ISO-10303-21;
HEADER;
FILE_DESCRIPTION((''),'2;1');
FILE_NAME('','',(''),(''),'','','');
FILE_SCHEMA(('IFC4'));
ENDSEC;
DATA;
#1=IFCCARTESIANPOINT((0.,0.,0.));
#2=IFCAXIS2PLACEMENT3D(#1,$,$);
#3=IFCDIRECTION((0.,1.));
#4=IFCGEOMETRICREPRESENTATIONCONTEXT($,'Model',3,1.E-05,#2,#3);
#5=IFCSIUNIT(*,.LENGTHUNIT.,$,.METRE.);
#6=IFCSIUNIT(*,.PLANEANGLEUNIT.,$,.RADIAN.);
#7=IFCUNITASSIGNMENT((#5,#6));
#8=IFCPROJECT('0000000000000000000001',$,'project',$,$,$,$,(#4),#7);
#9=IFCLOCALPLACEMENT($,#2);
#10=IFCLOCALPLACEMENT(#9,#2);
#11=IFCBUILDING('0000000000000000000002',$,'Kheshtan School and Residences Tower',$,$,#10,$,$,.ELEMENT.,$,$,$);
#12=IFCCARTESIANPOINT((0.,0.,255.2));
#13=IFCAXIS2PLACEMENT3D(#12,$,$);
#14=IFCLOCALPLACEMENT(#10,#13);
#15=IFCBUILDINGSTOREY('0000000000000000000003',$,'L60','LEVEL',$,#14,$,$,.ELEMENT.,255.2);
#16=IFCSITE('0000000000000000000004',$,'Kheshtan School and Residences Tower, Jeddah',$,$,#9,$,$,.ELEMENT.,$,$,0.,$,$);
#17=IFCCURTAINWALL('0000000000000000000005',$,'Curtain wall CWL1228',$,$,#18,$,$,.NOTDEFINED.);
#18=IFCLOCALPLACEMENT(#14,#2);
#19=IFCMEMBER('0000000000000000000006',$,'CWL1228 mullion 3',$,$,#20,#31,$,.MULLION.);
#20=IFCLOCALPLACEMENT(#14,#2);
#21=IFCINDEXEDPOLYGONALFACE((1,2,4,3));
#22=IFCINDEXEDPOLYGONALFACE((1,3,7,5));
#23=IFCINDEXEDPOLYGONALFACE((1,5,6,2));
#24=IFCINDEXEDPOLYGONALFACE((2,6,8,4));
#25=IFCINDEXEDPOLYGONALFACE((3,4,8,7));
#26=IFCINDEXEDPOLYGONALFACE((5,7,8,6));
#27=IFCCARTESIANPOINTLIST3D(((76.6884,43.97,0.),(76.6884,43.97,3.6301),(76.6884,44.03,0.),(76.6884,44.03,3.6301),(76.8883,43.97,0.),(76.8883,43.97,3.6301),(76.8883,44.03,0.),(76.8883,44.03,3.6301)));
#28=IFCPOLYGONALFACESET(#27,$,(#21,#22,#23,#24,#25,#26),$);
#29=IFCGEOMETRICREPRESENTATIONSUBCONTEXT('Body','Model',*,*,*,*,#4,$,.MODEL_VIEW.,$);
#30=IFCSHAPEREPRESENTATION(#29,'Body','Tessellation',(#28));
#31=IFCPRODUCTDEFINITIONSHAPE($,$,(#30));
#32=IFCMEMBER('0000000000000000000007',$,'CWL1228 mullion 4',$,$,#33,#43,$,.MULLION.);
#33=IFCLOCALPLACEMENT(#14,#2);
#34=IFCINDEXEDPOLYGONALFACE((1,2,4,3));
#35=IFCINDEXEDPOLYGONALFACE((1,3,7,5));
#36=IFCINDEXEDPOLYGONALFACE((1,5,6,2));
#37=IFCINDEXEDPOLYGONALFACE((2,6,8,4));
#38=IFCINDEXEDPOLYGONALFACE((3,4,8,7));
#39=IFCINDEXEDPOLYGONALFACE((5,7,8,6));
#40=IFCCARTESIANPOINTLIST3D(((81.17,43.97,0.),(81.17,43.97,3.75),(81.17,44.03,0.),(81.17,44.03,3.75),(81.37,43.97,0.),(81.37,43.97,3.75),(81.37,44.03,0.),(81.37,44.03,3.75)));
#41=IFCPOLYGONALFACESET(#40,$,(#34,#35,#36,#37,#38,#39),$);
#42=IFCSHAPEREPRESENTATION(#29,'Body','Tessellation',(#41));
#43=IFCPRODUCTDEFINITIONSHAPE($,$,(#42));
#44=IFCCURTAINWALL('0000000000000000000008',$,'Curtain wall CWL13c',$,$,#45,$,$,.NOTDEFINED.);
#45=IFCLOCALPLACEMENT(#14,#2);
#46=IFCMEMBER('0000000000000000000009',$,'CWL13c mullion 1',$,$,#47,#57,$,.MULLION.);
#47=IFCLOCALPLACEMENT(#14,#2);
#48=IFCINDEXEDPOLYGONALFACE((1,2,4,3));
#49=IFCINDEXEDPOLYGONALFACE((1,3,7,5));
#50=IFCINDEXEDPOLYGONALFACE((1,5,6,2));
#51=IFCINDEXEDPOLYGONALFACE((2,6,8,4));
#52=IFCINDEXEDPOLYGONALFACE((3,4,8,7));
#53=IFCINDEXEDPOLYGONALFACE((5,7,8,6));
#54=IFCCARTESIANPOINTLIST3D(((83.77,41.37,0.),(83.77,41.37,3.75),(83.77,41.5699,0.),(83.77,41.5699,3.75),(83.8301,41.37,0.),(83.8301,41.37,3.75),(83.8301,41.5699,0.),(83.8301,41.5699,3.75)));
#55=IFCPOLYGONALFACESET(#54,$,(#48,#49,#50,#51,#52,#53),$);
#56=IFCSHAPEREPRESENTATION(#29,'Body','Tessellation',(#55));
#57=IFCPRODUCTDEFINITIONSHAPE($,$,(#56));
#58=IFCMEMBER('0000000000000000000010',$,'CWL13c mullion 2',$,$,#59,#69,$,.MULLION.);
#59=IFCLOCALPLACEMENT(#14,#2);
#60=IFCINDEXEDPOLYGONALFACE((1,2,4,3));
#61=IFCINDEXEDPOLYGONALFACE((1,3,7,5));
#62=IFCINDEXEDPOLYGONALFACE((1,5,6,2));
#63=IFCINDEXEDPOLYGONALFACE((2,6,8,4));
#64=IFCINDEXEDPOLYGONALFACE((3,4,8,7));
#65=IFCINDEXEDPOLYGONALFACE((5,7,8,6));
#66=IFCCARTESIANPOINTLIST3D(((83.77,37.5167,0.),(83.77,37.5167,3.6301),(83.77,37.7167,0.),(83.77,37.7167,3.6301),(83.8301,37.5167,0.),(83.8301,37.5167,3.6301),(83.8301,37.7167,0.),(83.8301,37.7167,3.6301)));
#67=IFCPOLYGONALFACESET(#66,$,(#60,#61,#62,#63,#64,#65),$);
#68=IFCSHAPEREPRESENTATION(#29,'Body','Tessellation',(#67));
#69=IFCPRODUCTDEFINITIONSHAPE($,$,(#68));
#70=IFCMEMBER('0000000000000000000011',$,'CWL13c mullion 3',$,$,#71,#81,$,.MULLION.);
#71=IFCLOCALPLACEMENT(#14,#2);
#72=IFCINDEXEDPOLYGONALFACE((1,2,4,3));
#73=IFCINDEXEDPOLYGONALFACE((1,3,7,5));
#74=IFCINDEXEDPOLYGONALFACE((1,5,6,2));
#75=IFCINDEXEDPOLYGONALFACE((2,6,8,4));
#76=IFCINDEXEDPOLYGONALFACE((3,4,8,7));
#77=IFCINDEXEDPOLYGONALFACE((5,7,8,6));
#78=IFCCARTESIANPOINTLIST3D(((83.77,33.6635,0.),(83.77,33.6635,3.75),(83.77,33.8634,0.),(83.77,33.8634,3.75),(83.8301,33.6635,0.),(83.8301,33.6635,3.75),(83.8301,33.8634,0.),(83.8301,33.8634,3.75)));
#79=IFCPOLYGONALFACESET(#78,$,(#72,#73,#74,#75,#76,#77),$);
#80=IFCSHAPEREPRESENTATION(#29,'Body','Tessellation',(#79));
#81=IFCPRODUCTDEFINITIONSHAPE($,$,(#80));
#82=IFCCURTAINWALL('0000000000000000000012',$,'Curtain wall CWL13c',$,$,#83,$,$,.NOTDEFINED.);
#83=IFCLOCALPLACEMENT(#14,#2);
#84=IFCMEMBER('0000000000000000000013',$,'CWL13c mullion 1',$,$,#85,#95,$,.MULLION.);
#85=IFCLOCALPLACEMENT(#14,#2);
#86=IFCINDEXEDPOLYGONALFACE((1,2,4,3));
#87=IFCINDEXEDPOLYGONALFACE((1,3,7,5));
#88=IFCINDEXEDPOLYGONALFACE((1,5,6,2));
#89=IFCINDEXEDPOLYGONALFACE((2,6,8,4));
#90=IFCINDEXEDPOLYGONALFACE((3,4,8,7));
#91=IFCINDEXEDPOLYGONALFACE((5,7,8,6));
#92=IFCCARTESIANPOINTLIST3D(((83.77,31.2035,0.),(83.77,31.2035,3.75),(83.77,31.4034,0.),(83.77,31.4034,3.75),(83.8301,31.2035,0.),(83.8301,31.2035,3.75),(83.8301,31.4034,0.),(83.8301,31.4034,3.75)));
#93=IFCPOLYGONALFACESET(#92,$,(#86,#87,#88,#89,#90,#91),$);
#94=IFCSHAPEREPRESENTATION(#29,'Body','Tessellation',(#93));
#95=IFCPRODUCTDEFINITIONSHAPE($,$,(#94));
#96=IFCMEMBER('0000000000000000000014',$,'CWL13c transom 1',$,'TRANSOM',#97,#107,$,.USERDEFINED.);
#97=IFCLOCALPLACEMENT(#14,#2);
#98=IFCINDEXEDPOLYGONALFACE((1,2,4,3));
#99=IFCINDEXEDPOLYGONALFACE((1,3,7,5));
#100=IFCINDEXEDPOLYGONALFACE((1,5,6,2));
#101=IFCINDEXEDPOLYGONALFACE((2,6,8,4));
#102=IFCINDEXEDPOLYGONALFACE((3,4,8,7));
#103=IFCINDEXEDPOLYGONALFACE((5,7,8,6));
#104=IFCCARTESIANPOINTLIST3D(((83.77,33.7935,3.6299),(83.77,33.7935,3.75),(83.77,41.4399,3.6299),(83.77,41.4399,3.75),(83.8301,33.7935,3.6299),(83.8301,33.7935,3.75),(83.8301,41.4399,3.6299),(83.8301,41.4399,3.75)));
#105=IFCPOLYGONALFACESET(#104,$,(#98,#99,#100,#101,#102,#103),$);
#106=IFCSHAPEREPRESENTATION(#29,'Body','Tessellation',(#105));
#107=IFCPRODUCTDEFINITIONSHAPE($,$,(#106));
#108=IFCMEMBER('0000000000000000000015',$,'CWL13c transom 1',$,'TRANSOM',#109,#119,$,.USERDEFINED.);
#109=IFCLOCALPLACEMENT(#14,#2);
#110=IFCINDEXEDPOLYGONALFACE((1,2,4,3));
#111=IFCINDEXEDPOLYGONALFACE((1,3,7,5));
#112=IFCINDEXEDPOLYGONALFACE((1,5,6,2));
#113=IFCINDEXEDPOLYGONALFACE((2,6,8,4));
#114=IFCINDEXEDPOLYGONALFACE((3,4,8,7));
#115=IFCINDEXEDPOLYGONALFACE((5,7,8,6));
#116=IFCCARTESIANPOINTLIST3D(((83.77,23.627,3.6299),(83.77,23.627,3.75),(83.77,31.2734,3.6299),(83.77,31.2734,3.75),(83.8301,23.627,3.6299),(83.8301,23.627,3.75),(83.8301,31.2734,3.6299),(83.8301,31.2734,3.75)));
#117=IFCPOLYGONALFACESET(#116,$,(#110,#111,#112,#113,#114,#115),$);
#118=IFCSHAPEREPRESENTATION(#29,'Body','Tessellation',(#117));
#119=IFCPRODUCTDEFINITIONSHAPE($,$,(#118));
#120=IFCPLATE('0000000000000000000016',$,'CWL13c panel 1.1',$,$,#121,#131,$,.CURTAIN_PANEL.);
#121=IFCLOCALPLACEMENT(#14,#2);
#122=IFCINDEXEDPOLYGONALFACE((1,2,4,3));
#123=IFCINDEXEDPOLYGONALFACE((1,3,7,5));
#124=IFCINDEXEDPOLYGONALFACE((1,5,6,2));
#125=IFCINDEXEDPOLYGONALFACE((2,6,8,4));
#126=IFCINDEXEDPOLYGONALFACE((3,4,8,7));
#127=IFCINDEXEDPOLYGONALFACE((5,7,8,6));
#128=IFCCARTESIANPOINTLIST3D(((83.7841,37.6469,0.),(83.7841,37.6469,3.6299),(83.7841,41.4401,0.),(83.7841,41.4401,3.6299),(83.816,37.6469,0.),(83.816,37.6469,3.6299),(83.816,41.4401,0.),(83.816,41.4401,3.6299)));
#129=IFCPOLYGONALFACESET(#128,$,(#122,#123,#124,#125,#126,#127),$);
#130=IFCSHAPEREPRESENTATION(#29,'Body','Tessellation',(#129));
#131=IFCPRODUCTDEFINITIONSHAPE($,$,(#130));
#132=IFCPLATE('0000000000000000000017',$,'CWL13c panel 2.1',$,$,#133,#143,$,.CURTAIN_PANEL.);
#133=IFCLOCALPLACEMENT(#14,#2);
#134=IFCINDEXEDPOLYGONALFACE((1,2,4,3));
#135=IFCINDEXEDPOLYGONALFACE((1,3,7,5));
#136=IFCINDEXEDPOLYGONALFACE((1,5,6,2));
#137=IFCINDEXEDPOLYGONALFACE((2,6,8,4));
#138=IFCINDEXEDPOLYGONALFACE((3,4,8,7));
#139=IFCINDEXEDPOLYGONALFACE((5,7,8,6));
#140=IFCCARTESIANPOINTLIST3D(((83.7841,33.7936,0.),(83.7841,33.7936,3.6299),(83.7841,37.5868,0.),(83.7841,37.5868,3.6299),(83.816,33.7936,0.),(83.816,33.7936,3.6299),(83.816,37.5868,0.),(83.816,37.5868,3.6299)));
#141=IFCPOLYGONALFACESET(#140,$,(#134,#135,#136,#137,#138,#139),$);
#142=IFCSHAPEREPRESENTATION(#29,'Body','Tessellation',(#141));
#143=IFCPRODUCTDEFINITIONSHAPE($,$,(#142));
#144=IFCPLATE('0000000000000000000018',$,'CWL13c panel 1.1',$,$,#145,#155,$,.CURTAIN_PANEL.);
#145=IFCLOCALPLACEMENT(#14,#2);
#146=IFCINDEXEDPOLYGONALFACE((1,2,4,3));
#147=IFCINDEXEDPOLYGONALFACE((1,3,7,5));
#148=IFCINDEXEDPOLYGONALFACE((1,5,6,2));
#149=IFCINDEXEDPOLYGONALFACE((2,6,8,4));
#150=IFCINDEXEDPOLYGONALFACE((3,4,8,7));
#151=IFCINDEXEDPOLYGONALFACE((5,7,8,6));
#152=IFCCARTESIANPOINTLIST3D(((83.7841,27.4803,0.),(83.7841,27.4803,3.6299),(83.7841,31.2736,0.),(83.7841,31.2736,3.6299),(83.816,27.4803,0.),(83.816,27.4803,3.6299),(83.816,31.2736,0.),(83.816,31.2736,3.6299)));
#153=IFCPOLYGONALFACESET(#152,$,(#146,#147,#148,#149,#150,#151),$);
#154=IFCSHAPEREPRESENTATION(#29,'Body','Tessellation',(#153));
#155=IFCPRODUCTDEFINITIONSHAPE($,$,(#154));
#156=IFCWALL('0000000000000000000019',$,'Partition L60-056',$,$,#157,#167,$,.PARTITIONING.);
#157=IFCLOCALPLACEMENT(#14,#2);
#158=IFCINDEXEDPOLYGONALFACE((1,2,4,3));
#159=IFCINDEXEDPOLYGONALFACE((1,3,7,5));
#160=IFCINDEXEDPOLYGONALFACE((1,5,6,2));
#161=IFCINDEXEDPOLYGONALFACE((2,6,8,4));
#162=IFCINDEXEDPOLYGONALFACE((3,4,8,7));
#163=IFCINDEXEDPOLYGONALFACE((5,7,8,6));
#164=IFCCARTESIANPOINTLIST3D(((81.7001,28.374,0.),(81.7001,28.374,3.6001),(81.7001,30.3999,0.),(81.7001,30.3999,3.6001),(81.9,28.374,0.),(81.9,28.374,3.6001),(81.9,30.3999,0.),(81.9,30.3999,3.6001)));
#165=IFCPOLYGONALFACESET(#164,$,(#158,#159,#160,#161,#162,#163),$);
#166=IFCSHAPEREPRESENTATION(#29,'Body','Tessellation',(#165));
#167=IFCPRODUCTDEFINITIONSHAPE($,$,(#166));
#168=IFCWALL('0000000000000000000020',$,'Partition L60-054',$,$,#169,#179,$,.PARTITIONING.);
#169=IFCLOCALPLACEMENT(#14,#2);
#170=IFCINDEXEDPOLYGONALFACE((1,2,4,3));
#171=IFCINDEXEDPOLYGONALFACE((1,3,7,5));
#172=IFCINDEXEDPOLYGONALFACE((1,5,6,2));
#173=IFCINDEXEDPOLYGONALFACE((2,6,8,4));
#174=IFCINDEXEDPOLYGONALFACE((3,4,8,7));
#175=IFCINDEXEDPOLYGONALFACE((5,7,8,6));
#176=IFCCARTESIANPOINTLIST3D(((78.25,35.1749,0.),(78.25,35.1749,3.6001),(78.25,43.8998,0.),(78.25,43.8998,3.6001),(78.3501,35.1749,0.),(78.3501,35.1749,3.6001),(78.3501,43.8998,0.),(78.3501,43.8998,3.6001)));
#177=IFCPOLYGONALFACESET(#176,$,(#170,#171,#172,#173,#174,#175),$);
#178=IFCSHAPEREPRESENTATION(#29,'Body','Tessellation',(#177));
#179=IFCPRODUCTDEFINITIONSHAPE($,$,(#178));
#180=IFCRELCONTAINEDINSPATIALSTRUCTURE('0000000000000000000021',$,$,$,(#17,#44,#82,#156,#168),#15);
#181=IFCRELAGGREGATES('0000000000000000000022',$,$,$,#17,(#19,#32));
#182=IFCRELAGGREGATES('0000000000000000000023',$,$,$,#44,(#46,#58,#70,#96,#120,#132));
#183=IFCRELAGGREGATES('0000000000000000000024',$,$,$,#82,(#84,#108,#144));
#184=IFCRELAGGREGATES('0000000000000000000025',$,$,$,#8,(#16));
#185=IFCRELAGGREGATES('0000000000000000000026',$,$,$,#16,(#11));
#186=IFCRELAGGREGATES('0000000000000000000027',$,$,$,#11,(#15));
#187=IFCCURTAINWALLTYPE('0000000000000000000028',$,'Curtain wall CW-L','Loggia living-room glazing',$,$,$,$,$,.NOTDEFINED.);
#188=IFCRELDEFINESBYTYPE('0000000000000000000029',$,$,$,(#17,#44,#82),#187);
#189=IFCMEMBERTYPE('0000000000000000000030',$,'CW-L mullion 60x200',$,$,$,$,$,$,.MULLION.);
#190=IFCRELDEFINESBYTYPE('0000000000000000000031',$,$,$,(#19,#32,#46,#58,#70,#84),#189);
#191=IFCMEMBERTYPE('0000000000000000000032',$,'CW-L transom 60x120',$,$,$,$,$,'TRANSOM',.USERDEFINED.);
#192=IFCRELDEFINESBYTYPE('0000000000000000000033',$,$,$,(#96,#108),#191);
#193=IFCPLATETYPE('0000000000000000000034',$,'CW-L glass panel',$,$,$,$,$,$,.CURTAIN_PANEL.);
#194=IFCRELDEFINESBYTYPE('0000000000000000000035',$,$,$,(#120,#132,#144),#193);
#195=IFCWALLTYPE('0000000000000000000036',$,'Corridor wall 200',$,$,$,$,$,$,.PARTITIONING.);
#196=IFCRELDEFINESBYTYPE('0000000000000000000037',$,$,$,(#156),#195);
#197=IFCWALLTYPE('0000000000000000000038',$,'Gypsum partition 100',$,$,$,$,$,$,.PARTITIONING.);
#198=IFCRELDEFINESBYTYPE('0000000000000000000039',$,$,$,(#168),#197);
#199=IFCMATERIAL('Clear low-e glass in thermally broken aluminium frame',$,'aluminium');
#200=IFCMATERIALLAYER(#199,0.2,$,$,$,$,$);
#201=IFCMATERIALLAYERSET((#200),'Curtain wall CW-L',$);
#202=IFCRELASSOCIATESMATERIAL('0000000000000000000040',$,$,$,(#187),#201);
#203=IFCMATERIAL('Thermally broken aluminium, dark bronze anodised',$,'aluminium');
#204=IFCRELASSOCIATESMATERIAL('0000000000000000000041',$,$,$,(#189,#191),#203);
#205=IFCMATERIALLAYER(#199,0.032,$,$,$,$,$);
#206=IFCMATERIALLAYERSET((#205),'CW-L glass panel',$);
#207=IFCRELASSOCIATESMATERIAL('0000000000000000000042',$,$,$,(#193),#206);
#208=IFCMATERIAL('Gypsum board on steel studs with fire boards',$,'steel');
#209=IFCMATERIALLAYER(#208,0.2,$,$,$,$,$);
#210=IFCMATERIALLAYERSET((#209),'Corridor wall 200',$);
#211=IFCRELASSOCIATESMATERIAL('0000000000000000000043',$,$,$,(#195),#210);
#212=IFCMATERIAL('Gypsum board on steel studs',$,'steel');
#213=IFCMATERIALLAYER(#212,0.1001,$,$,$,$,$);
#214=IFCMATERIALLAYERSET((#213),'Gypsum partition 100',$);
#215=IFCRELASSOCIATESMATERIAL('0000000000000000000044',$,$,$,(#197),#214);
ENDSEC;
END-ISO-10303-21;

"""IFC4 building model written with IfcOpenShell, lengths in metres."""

from ifc_helpers import new_model, si_unit, direction, frame, frame_2d, origin, origin_2d, place, context, subcontext, project, spatial, rectangle, extrude, material, layer, layer_set, material_profile, profile_set, type_object, element, aggregate, save


model = new_model("IFC4")

# Units and contexts
model_context = context("Model", 3, precision=1e-05, world=origin(), true_north=direction((0.0, 1.0)))
body_context = subcontext(model_context, "Body", "Model", "MODEL_VIEW")
ifc_project = project(units=[si_unit("LENGTHUNIT", "METRE"), si_unit("PLANEANGLEUNIT", "RADIAN")], contexts=[model_context])

# Site, building, storey
site_placement = place(None, origin())
site = spatial("IfcSite", under=ifc_project, at=site_placement, Name="Kheshtan School and Residences Tower, Jeddah", CompositionType="ELEMENT", RefElevation=0.0)
building_placement = place(site_placement, origin())
building = spatial("IfcBuilding", under=site, at=building_placement, Name="Kheshtan School and Residences Tower", CompositionType="ELEMENT")
storey_placement = place(building_placement, frame((0.0, 0.0, 255.2)))
storey = spatial("IfcBuildingStorey", under=building, at=storey_placement, Name="L60", Description="LEVEL", CompositionType="ELEMENT", Elevation=255.2)

# Curtain walls, members
ifc_material_1 = material(Name="Clear low-e glass in thermally broken aluminium frame", Category="aluminium")
ifc_layer_1 = layer(ifc_material_1, 0.2)
ifc_layer_set_1 = layer_set([ifc_layer_1], Name="Curtain wall CW-L")
curtain_wall_type = type_object("IfcCurtainWallType", Name="Curtain wall CW-L", Description="Loggia living-room glazing", PredefinedType="NOTDEFINED", material=ifc_layer_set_1)
curtain_wall_1_placement = place(storey_placement, origin())
curtain_wall_1 = element("IfcCurtainWall", 1, at=curtain_wall_1_placement, inside=storey, type_object=curtain_wall_type, Name="Curtain wall CWL1228", PredefinedType="NOTDEFINED")
ifc_material_2 = material(Name="Thermally broken aluminium, dark bronze anodised", Category="aluminium")
ifc_material_profile_1 = material_profile(ifc_material_2, rectangle(XDim=0.0601, YDim=0.2, at=origin_2d()), Name="CW-L mullion 60x200")
ifc_profile_set_1 = profile_set([ifc_material_profile_1], Name="Thermally broken aluminium, dark bronze anodised")
member_type_1 = type_object("IfcMemberType", Name="CW-L mullion 60x200", PredefinedType="MULLION", material=ifc_profile_set_1)
member_1_placement = place(storey_placement, frame((76.7883, 44.0, 0.0), z_axis=(0.0, 0.0, 1.0), x_axis=(0.0, 1.0, 0.0)))
member_1 = element("IfcMember", 2, at=member_1_placement, type_object=member_type_1, Name="CWL1228 mullion 3", PredefinedType="MULLION", context=body_context, shape_type="SweptSolid", body=[
    extrude(rectangle(XDim=0.0601, YDim=0.2, at=origin_2d()), origin(), (0.0, 0.0, 1.0), 3.6301),
])
member_2_placement = place(storey_placement, frame((81.27, 44.0, 0.0), z_axis=(0.0, 0.0, 1.0), x_axis=(0.0, 1.0, 0.0)))
member_2 = element("IfcMember", 3, at=member_2_placement, type_object=member_type_1, Name="CWL1228 mullion 4", PredefinedType="MULLION", context=body_context, shape_type="SweptSolid", body=[
    extrude(rectangle(XDim=0.0601, YDim=0.2, at=origin_2d()), origin(), (0.0, 0.0, 1.0), 3.75),
])
aggregate(curtain_wall_1, [member_1, member_2])
curtain_wall_2_placement = place(storey_placement, origin())
curtain_wall_2 = element("IfcCurtainWall", 4, at=curtain_wall_2_placement, inside=storey, type_object=curtain_wall_type, Name="Curtain wall CWL13c", PredefinedType="NOTDEFINED")
member_3_placement = place(storey_placement, frame((83.8, 41.47, 0.0), z_axis=(0.0, 0.0, 1.0), x_axis=(1.0, 0.0, 0.0)))
member_3 = element("IfcMember", 5, at=member_3_placement, type_object=member_type_1, Name="CWL13c mullion 1", PredefinedType="MULLION", context=body_context, shape_type="SweptSolid", body=[
    extrude(rectangle(XDim=0.0601, YDim=0.2, at=origin_2d()), origin(), (0.0, 0.0, 1.0), 3.75),
])
member_4_placement = place(storey_placement, frame((83.8, 37.6167, 0.0), z_axis=(0.0, 0.0, 1.0), x_axis=(1.0, 0.0, 0.0)))
member_4 = element("IfcMember", 6, at=member_4_placement, type_object=member_type_1, Name="CWL13c mullion 2", PredefinedType="MULLION", context=body_context, shape_type="SweptSolid", body=[
    extrude(rectangle(XDim=0.0601, YDim=0.2, at=origin_2d()), origin(), (0.0, 0.0, 1.0), 3.6301),
])
member_5_placement = place(storey_placement, frame((83.8, 33.7634, 0.0), z_axis=(0.0, 0.0, 1.0), x_axis=(1.0, 0.0, 0.0)))
member_5 = element("IfcMember", 7, at=member_5_placement, type_object=member_type_1, Name="CWL13c mullion 3", PredefinedType="MULLION", context=body_context, shape_type="SweptSolid", body=[
    extrude(rectangle(XDim=0.0601, YDim=0.2, at=origin_2d()), origin(), (0.0, 0.0, 1.0), 3.75),
])

# Curtain wall, member
curtain_wall_3_placement = place(storey_placement, origin())
curtain_wall_3 = element("IfcCurtainWall", 8, at=curtain_wall_3_placement, inside=storey, type_object=curtain_wall_type, Name="Curtain wall CWL13c", PredefinedType="NOTDEFINED")
member_6_placement = place(storey_placement, frame((83.8, 31.3035, 0.0), z_axis=(0.0, 0.0, 1.0), x_axis=(1.0, 0.0, 0.0)))
member_6 = element("IfcMember", 9, at=member_6_placement, type_object=member_type_1, Name="CWL13c mullion 1", PredefinedType="MULLION", context=body_context, shape_type="SweptSolid", body=[
    extrude(rectangle(XDim=0.0601, YDim=0.2, at=origin_2d()), origin(), (0.0, 0.0, 1.0), 3.75),
])

# Members
ifc_material_profile_2 = material_profile(ifc_material_2, rectangle(XDim=0.0601, YDim=0.1201, at=origin_2d()), Name="CW-L transom 60x120")
ifc_profile_set_2 = profile_set([ifc_material_profile_2], Name="Thermally broken aluminium, dark bronze anodised")
member_type_2 = type_object("IfcMemberType", Name="CW-L transom 60x120", ElementType="TRANSOM", PredefinedType="USERDEFINED", material=ifc_profile_set_2)
member_7_placement = place(storey_placement, frame((83.8, 41.4399, 3.6899), z_axis=(0.0, -1.0, 0.0), x_axis=(1.0, 0.0, 0.0)))
member_7 = element("IfcMember", 10, at=member_7_placement, type_object=member_type_2, Name="CWL13c transom 1", ObjectType="TRANSOM", PredefinedType="USERDEFINED", context=body_context, shape_type="SweptSolid", body=[
    extrude(rectangle(XDim=0.0601, YDim=0.1201, at=origin_2d()), origin(), (0.0, 0.0, 1.0), 7.6465),
])
member_8_placement = place(storey_placement, frame((83.8, 31.2734, 3.6899), z_axis=(0.0, -1.0, 0.0), x_axis=(1.0, 0.0, 0.0)))
member_8 = element("IfcMember", 11, at=member_8_placement, type_object=member_type_2, Name="CWL13c transom 1", ObjectType="TRANSOM", PredefinedType="USERDEFINED", context=body_context, shape_type="SweptSolid", body=[
    extrude(rectangle(XDim=0.0601, YDim=0.1201, at=origin_2d()), origin(), (0.0, 0.0, 1.0), 7.6465),
])

# Plates
ifc_layer_2 = layer(ifc_material_1, 0.032)
ifc_layer_set_2 = layer_set([ifc_layer_2], Name="CW-L glass panel")
plate_type = type_object("IfcPlateType", Name="CW-L glass panel", PredefinedType="CURTAIN_PANEL", material=ifc_layer_set_2)
plate_1_placement = place(storey_placement, frame((83.8, 39.5435, 0.0), z_axis=(0.0, 0.0, 1.0), x_axis=(0.0, -1.0, 0.0)))
plate_1 = element("IfcPlate", 12, at=plate_1_placement, type_object=plate_type, Name="CWL13c panel 1.1", PredefinedType="CURTAIN_PANEL", context=body_context, shape_type="SweptSolid", body=[
    extrude(rectangle(XDim=3.7932, YDim=0.032, at=origin_2d()), origin(), (0.0, 0.0, 1.0), 3.6299),
])
plate_2_placement = place(storey_placement, frame((83.8, 35.6902, 0.0), z_axis=(0.0, 0.0, 1.0), x_axis=(0.0, -1.0, 0.0)))
plate_2 = element("IfcPlate", 13, at=plate_2_placement, type_object=plate_type, Name="CWL13c panel 2.1", PredefinedType="CURTAIN_PANEL", context=body_context, shape_type="SweptSolid", body=[
    extrude(rectangle(XDim=3.7932, YDim=0.032, at=origin_2d()), origin(), (0.0, 0.0, 1.0), 3.6299),
])
aggregate(curtain_wall_2, [member_3, member_4, member_5, member_7, plate_1, plate_2])
plate_3_placement = place(storey_placement, frame((83.8, 29.377, 0.0), z_axis=(0.0, 0.0, 1.0), x_axis=(0.0, -1.0, 0.0)))
plate_3 = element("IfcPlate", 14, at=plate_3_placement, type_object=plate_type, Name="CWL13c panel 1.1", PredefinedType="CURTAIN_PANEL", context=body_context, shape_type="SweptSolid", body=[
    extrude(rectangle(XDim=3.7932, YDim=0.032, at=origin_2d()), origin(), (0.0, 0.0, 1.0), 3.6299),
])
aggregate(curtain_wall_3, [member_6, member_8, plate_3])

# Wall
ifc_material_3 = material(Name="Gypsum board on steel studs with fire boards", Category="steel")
ifc_layer_3 = layer(ifc_material_3, 0.2)
ifc_layer_set_3 = layer_set([ifc_layer_3], Name="Corridor wall 200")
wall_type_1 = type_object("IfcWallType", Name="Corridor wall 200", PredefinedType="PARTITIONING", material=ifc_layer_set_3)
wall_1_placement = place(storey_placement, frame((81.8, 28.374, 0.0), z_axis=(0.0, 0.0, 1.0), x_axis=(0.0, 1.0, 0.0)))
element("IfcWall", 15, at=wall_1_placement, inside=storey, type_object=wall_type_1, Name="Partition L60-056", PredefinedType="PARTITIONING", context=body_context, shape_type="SweptSolid", body=[
    extrude(rectangle(XDim=2.0259, YDim=0.2, at=frame_2d((1.0129, 0.0))), origin(), (0.0, 0.0, 1.0), 3.6001),
])

# Wall
ifc_material_4 = material(Name="Gypsum board on steel studs", Category="steel")
ifc_layer_4 = layer(ifc_material_4, 0.1001)
ifc_layer_set_4 = layer_set([ifc_layer_4], Name="Gypsum partition 100")
wall_type_2 = type_object("IfcWallType", Name="Gypsum partition 100", PredefinedType="PARTITIONING", material=ifc_layer_set_4)
wall_2_placement = place(storey_placement, frame((78.3, 35.175, 0.0), z_axis=(0.0, 0.0, 1.0), x_axis=(0.0, 1.0, 0.0)))
element("IfcWall", 16, at=wall_2_placement, inside=storey, type_object=wall_type_2, Name="Partition L60-054", PredefinedType="PARTITIONING", context=body_context, shape_type="SweptSolid", body=[
    extrude(rectangle(XDim=8.7249, YDim=0.1001, at=frame_2d((4.3623, 0.0))), origin(), (0.0, 0.0, 1.0), 3.6001),
])

save(model, "model.ifc")
